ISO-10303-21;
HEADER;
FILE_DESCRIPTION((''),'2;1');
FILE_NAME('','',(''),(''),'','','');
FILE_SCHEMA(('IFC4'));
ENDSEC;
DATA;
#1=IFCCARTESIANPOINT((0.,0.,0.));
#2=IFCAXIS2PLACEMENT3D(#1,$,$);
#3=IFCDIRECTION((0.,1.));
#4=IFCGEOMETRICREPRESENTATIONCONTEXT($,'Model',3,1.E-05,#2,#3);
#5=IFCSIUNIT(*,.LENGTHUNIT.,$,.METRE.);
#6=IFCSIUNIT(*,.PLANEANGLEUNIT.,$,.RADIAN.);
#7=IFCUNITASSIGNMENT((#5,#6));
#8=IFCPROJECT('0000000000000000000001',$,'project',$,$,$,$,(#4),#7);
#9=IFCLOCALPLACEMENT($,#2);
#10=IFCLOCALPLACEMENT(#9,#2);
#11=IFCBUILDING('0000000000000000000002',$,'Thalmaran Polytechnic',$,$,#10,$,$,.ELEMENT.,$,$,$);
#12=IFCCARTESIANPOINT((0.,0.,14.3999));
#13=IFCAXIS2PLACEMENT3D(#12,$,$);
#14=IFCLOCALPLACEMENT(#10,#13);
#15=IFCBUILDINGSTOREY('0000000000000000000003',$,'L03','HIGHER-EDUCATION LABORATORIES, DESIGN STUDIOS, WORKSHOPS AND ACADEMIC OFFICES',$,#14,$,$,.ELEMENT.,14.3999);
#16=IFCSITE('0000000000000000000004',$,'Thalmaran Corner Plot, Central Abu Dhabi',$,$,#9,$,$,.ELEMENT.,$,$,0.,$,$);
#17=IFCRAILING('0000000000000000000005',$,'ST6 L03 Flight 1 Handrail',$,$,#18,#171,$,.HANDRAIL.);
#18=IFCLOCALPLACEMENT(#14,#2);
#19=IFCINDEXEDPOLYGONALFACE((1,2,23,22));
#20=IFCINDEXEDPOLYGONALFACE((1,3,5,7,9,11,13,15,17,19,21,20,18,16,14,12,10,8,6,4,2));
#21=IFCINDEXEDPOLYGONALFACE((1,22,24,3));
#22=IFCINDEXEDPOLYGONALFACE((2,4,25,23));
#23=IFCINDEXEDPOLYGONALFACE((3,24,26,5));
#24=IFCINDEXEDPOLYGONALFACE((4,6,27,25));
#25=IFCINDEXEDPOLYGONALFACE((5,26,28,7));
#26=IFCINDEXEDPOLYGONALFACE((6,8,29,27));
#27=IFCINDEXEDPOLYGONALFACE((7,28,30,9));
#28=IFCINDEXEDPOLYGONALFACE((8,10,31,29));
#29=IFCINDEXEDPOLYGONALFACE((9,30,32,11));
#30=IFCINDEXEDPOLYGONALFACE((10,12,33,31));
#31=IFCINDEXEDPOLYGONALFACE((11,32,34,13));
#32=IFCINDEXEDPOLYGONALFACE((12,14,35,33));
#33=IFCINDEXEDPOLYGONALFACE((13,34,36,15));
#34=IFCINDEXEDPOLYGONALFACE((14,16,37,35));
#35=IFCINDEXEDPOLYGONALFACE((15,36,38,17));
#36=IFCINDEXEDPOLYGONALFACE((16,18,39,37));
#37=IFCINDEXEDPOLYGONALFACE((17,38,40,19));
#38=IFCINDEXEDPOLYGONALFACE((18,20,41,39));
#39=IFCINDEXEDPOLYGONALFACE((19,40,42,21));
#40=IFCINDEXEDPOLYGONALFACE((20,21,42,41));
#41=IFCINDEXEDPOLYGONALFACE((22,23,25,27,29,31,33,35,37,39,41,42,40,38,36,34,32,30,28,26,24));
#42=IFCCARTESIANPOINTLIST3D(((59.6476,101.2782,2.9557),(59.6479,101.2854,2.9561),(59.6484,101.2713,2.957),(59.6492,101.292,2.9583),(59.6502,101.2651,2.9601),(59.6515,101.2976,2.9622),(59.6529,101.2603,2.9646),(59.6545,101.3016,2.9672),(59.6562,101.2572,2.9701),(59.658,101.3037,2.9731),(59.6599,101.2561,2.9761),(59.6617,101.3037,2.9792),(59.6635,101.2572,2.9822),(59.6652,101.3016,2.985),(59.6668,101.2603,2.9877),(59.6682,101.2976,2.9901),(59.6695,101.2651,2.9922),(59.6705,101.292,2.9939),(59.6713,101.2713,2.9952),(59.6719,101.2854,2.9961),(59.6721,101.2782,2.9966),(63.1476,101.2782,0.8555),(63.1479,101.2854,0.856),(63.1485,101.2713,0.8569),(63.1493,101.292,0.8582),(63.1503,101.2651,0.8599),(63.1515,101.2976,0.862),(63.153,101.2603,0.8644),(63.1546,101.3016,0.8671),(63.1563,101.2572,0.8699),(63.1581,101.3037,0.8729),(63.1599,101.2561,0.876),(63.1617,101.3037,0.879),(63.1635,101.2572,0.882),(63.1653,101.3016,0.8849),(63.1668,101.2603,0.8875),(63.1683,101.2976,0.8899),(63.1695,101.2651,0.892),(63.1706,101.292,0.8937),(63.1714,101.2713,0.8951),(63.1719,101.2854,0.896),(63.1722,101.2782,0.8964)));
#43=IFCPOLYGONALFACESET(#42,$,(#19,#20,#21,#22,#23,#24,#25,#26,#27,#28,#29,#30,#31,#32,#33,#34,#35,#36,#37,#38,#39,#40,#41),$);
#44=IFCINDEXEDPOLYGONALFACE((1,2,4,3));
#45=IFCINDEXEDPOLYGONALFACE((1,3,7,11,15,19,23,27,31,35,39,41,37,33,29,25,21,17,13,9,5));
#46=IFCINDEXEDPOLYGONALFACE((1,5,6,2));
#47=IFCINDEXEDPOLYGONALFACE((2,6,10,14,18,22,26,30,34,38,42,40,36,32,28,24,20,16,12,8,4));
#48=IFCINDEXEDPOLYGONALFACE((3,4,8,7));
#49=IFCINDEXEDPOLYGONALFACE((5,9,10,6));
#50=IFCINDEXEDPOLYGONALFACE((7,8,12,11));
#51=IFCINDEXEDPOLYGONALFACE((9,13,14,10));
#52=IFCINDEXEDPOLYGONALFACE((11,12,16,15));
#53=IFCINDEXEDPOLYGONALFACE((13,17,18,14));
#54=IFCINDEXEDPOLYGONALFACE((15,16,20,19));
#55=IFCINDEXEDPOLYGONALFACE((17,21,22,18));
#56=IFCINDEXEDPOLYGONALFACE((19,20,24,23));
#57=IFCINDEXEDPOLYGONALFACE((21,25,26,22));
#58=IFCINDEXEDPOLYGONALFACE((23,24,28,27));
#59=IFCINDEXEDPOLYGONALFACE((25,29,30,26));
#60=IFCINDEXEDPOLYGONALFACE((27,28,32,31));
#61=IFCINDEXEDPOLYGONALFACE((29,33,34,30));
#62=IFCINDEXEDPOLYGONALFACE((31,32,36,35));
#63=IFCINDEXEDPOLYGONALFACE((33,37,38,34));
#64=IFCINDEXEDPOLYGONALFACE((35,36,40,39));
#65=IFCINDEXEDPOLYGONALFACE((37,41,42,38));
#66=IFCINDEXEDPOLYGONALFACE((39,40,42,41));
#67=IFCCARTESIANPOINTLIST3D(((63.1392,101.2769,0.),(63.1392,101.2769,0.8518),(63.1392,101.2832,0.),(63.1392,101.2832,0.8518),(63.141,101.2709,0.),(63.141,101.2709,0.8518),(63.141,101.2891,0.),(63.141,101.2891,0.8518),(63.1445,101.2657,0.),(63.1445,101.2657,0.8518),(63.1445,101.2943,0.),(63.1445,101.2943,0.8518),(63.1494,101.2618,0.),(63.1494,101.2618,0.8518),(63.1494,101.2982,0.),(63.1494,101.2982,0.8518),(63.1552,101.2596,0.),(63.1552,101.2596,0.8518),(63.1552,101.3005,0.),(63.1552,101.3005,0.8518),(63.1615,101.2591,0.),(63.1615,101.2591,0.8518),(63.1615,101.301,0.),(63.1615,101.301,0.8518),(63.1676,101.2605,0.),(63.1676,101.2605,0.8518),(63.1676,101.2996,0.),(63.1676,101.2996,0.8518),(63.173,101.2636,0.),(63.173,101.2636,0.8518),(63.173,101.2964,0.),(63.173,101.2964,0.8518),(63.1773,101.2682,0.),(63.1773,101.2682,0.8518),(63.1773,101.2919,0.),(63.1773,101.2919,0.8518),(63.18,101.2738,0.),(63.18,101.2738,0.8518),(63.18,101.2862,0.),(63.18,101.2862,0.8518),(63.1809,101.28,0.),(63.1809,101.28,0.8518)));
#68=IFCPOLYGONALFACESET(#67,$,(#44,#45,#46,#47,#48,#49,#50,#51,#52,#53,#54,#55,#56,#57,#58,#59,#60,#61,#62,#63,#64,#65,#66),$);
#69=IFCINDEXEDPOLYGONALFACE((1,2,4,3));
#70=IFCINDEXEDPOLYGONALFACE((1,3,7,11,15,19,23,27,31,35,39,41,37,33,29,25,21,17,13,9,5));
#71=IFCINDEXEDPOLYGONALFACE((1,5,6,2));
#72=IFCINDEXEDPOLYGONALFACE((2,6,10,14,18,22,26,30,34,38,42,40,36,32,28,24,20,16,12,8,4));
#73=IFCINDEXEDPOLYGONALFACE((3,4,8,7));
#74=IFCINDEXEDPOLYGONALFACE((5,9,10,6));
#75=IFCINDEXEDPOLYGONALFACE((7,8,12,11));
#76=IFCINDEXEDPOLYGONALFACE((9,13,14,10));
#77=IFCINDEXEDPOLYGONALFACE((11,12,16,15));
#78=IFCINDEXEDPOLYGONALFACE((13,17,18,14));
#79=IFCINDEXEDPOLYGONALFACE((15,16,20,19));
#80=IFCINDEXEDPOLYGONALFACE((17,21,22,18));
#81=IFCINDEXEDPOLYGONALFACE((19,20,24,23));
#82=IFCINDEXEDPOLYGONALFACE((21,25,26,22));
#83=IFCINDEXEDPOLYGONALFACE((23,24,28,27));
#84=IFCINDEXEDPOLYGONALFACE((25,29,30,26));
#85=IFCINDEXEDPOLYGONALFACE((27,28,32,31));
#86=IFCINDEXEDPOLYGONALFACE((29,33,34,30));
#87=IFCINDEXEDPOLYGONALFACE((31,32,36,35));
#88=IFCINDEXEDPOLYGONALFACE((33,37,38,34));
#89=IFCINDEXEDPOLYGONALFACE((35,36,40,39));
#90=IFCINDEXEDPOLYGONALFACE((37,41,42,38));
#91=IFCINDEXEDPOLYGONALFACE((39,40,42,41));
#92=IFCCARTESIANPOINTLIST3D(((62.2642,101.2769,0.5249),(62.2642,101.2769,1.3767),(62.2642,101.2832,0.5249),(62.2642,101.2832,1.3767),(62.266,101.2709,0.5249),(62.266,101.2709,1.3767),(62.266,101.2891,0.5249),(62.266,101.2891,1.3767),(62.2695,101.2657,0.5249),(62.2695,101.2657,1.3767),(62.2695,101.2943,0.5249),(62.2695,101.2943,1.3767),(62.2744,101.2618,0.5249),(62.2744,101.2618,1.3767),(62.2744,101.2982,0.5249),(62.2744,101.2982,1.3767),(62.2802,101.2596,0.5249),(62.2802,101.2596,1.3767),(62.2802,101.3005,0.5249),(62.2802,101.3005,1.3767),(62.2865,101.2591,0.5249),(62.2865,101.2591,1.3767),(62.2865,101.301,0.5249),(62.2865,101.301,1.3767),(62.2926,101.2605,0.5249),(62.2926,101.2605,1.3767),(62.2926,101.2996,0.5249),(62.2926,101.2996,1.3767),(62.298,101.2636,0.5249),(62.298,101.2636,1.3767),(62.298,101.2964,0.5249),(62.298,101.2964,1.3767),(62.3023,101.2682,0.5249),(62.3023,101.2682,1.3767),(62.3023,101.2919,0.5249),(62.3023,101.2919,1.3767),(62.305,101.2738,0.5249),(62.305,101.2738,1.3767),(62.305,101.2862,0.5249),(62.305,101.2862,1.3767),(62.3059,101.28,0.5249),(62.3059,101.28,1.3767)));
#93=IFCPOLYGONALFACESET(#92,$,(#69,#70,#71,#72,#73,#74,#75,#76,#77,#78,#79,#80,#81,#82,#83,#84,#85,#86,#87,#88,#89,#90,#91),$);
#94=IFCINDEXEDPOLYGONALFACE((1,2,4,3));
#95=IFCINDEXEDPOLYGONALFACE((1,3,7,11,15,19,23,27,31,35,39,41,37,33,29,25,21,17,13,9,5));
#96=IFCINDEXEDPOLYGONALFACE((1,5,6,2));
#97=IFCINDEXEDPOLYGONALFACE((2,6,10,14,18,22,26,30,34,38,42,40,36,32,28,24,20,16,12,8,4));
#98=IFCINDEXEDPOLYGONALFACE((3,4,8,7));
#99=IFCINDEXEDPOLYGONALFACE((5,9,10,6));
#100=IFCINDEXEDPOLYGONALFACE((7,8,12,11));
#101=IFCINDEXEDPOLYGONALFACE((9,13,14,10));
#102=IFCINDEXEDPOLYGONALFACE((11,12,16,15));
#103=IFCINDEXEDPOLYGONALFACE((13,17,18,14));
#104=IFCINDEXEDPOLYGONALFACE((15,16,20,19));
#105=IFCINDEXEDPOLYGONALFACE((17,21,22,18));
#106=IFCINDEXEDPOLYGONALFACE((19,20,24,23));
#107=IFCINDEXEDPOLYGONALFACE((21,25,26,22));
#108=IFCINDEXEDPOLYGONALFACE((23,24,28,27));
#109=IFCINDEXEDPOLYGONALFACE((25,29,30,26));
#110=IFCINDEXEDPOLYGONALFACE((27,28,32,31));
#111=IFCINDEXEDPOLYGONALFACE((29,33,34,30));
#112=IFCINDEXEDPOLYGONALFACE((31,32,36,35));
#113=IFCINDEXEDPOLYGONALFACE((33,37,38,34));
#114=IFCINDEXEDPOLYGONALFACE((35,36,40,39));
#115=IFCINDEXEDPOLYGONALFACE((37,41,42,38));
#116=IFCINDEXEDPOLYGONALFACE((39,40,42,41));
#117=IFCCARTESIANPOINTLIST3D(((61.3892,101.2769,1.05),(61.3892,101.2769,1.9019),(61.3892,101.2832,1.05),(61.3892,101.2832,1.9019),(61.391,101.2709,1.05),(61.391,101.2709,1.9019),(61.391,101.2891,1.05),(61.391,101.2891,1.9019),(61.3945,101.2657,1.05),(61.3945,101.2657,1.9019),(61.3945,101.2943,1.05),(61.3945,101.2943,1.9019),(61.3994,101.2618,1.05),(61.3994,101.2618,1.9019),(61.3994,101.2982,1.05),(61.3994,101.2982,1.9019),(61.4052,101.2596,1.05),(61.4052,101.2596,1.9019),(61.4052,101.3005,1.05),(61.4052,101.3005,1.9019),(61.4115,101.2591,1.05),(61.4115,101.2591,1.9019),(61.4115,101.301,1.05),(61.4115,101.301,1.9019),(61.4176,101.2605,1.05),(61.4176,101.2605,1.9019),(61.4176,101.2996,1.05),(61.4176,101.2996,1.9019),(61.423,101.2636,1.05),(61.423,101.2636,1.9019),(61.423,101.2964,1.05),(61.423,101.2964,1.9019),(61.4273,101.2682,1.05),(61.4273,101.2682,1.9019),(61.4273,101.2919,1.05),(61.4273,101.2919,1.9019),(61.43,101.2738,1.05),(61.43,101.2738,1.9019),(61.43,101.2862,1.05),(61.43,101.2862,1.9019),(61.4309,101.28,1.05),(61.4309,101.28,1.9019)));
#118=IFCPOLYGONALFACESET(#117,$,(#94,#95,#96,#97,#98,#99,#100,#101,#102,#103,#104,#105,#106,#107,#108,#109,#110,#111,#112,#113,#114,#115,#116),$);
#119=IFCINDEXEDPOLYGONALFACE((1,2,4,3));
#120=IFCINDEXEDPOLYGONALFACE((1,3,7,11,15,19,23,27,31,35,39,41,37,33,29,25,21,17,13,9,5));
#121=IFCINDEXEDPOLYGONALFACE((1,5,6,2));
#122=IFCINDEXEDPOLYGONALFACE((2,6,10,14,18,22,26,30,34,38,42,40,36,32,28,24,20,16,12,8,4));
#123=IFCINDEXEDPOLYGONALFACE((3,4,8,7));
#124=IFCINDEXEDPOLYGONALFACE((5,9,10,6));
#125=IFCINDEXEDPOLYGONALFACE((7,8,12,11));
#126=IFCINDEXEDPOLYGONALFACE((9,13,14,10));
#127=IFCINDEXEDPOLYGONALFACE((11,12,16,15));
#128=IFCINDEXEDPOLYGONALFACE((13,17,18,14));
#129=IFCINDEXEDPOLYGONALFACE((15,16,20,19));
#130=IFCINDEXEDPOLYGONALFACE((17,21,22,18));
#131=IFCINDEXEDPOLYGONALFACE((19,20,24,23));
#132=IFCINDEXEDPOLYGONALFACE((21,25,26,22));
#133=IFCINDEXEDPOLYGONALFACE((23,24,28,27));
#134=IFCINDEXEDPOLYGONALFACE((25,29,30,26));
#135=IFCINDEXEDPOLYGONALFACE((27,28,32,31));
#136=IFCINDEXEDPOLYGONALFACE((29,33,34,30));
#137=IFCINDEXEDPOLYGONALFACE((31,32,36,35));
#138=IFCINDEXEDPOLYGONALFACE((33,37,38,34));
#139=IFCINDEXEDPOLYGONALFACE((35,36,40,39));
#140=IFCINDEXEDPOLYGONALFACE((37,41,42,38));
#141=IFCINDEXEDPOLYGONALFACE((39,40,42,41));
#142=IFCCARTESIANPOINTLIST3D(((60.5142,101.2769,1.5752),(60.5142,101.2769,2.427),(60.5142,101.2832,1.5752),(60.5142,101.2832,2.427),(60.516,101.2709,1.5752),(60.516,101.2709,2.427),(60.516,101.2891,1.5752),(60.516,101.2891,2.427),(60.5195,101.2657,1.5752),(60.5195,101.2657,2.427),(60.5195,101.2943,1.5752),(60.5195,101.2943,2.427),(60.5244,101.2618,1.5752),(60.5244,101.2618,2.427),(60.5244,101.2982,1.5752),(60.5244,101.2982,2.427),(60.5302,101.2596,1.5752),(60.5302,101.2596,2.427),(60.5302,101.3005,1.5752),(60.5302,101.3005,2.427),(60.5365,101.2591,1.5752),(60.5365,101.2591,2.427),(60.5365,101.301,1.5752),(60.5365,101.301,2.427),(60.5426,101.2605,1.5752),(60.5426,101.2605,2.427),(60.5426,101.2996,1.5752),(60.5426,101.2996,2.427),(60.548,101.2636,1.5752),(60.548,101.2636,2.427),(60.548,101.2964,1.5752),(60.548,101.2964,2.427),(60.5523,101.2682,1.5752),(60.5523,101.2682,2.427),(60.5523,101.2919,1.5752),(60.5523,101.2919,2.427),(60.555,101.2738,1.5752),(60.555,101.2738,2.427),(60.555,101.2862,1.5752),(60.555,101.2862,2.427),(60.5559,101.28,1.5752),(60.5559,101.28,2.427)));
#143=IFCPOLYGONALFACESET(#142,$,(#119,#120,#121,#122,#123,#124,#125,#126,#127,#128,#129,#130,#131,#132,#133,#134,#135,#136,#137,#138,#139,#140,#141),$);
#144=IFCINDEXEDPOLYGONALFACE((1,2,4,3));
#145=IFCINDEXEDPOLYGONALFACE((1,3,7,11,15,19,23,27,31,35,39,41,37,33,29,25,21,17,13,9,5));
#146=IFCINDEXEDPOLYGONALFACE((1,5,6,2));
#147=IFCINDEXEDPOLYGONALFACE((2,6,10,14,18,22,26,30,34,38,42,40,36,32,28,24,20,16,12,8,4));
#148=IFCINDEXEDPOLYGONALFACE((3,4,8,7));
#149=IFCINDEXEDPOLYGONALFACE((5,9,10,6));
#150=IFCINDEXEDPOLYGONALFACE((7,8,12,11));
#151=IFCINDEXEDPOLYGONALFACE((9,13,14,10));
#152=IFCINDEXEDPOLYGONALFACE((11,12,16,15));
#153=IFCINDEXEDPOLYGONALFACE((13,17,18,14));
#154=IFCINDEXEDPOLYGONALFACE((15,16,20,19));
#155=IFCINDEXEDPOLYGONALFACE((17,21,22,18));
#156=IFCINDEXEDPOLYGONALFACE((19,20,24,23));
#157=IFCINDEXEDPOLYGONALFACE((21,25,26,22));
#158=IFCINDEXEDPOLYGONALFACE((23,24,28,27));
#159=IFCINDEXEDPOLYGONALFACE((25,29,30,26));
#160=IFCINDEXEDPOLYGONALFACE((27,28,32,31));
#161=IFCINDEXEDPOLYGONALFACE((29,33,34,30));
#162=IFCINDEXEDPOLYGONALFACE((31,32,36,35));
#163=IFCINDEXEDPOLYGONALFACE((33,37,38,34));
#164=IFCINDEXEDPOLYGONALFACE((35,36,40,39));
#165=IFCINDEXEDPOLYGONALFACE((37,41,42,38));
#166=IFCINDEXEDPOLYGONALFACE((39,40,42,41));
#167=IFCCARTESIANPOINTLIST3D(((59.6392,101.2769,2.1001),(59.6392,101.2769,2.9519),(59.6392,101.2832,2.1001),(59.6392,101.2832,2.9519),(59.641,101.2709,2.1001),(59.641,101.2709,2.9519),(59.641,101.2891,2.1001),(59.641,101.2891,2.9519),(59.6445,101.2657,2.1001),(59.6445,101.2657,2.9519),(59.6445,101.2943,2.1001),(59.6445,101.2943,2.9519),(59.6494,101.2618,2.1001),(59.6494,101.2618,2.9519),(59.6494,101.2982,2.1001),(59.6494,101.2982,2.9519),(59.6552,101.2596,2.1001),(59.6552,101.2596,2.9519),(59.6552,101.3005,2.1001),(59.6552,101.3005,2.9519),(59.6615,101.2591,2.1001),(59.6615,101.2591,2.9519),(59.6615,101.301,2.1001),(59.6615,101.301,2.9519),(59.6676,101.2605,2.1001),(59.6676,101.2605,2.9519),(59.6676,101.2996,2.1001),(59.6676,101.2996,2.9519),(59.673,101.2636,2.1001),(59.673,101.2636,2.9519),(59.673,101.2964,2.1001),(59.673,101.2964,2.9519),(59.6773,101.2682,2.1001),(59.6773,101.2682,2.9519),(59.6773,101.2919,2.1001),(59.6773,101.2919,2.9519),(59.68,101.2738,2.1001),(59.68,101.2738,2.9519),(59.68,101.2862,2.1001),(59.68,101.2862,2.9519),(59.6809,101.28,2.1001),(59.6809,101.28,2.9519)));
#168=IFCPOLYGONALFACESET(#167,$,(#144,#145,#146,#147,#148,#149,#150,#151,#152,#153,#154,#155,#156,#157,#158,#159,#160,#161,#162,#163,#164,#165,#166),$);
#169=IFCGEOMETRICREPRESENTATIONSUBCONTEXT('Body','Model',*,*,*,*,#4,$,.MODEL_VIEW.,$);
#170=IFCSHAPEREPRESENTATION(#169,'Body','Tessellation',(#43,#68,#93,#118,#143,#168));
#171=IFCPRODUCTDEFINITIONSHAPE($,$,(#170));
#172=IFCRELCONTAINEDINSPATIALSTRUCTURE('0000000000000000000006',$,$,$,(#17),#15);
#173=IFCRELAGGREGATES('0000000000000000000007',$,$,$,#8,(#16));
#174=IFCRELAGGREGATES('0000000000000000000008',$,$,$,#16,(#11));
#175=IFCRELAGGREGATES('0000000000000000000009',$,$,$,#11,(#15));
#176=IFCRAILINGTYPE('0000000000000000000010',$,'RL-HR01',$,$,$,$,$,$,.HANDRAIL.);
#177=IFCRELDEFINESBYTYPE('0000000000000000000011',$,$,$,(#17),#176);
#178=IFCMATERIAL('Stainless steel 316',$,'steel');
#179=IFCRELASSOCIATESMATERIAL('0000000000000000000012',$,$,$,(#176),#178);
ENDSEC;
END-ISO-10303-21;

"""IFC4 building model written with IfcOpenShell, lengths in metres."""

from ifc_helpers import new_model, si_unit, direction, frame, origin, origin_2d, place, context, subcontext, project, spatial, circle, extrude, material, type_object, element, save


model = new_model("IFC4")

# Units and contexts
model_context = context("Model", 3, precision=1e-05, world=origin(), true_north=direction((0.0, 1.0)))
body_context = subcontext(model_context, "Body", "Model", "MODEL_VIEW")
ifc_project = project(units=[si_unit("LENGTHUNIT", "METRE"), si_unit("PLANEANGLEUNIT", "RADIAN")], contexts=[model_context])

# Site, building, storey
site_placement = place(None, origin())
site = spatial("IfcSite", under=ifc_project, at=site_placement, Name="Thalmaran Corner Plot, Central Abu Dhabi", CompositionType="ELEMENT", RefElevation=0.0)
building_placement = place(site_placement, origin())
building = spatial("IfcBuilding", under=site, at=building_placement, Name="Thalmaran Polytechnic", CompositionType="ELEMENT")
storey_placement = place(building_placement, frame((0.0, 0.0, 14.3999)))
storey = spatial("IfcBuildingStorey", under=building, at=storey_placement, Name="L03", Description="HIGHER-EDUCATION LABORATORIES, DESIGN STUDIOS, WORKSHOPS AND ACADEMIC OFFICES", CompositionType="ELEMENT", Elevation=14.3999)

# Railing
ifc_material_1 = material(Name="Stainless steel 316", Category="steel")
railing_type_1 = type_object("IfcRailingType", Name="RL-HR01", PredefinedType="HANDRAIL", material=ifc_material_1)
railing_1_placement = place(storey_placement, frame((63.1599, 101.28, 0.0)))
element("IfcRailing", 1, at=railing_1_placement, inside=storey, type_object=railing_type_1, Name="ST6 L03 Flight 1 Handrail", PredefinedType="HANDRAIL", context=body_context, shape_type="SweptSolid", body=[
    extrude(circle(Radius=0.0239, at=origin_2d()), frame((0.0, 0.0, 0.876), z_axis=(-0.857482, 0.0, 0.514513), x_axis=(0.0, -1.0, 0.0)), (0.0, 0.0, 1.0), 4.0818),
    extrude(circle(Radius=0.021, at=origin_2d()), origin(), (0.0, 0.0, 1.0), 0.8518),
    extrude(circle(Radius=0.021, at=origin_2d()), frame((-0.875, 0.0, 0.5249)), (0.0, 0.0, 1.0), 0.8518),
    extrude(circle(Radius=0.021, at=origin_2d()), frame((-1.75, 0.0, 1.05)), (0.0, 0.0, 1.0), 0.8518),
    extrude(circle(Radius=0.021, at=origin_2d()), frame((-2.625, 0.0, 1.5752)), (0.0, 0.0, 1.0), 0.8518),
    extrude(circle(Radius=0.021, at=origin_2d()), frame((-3.5, 0.0, 2.1001)), (0.0, 0.0, 1.0), 0.8518),
])

save(model, "model.ifc")
